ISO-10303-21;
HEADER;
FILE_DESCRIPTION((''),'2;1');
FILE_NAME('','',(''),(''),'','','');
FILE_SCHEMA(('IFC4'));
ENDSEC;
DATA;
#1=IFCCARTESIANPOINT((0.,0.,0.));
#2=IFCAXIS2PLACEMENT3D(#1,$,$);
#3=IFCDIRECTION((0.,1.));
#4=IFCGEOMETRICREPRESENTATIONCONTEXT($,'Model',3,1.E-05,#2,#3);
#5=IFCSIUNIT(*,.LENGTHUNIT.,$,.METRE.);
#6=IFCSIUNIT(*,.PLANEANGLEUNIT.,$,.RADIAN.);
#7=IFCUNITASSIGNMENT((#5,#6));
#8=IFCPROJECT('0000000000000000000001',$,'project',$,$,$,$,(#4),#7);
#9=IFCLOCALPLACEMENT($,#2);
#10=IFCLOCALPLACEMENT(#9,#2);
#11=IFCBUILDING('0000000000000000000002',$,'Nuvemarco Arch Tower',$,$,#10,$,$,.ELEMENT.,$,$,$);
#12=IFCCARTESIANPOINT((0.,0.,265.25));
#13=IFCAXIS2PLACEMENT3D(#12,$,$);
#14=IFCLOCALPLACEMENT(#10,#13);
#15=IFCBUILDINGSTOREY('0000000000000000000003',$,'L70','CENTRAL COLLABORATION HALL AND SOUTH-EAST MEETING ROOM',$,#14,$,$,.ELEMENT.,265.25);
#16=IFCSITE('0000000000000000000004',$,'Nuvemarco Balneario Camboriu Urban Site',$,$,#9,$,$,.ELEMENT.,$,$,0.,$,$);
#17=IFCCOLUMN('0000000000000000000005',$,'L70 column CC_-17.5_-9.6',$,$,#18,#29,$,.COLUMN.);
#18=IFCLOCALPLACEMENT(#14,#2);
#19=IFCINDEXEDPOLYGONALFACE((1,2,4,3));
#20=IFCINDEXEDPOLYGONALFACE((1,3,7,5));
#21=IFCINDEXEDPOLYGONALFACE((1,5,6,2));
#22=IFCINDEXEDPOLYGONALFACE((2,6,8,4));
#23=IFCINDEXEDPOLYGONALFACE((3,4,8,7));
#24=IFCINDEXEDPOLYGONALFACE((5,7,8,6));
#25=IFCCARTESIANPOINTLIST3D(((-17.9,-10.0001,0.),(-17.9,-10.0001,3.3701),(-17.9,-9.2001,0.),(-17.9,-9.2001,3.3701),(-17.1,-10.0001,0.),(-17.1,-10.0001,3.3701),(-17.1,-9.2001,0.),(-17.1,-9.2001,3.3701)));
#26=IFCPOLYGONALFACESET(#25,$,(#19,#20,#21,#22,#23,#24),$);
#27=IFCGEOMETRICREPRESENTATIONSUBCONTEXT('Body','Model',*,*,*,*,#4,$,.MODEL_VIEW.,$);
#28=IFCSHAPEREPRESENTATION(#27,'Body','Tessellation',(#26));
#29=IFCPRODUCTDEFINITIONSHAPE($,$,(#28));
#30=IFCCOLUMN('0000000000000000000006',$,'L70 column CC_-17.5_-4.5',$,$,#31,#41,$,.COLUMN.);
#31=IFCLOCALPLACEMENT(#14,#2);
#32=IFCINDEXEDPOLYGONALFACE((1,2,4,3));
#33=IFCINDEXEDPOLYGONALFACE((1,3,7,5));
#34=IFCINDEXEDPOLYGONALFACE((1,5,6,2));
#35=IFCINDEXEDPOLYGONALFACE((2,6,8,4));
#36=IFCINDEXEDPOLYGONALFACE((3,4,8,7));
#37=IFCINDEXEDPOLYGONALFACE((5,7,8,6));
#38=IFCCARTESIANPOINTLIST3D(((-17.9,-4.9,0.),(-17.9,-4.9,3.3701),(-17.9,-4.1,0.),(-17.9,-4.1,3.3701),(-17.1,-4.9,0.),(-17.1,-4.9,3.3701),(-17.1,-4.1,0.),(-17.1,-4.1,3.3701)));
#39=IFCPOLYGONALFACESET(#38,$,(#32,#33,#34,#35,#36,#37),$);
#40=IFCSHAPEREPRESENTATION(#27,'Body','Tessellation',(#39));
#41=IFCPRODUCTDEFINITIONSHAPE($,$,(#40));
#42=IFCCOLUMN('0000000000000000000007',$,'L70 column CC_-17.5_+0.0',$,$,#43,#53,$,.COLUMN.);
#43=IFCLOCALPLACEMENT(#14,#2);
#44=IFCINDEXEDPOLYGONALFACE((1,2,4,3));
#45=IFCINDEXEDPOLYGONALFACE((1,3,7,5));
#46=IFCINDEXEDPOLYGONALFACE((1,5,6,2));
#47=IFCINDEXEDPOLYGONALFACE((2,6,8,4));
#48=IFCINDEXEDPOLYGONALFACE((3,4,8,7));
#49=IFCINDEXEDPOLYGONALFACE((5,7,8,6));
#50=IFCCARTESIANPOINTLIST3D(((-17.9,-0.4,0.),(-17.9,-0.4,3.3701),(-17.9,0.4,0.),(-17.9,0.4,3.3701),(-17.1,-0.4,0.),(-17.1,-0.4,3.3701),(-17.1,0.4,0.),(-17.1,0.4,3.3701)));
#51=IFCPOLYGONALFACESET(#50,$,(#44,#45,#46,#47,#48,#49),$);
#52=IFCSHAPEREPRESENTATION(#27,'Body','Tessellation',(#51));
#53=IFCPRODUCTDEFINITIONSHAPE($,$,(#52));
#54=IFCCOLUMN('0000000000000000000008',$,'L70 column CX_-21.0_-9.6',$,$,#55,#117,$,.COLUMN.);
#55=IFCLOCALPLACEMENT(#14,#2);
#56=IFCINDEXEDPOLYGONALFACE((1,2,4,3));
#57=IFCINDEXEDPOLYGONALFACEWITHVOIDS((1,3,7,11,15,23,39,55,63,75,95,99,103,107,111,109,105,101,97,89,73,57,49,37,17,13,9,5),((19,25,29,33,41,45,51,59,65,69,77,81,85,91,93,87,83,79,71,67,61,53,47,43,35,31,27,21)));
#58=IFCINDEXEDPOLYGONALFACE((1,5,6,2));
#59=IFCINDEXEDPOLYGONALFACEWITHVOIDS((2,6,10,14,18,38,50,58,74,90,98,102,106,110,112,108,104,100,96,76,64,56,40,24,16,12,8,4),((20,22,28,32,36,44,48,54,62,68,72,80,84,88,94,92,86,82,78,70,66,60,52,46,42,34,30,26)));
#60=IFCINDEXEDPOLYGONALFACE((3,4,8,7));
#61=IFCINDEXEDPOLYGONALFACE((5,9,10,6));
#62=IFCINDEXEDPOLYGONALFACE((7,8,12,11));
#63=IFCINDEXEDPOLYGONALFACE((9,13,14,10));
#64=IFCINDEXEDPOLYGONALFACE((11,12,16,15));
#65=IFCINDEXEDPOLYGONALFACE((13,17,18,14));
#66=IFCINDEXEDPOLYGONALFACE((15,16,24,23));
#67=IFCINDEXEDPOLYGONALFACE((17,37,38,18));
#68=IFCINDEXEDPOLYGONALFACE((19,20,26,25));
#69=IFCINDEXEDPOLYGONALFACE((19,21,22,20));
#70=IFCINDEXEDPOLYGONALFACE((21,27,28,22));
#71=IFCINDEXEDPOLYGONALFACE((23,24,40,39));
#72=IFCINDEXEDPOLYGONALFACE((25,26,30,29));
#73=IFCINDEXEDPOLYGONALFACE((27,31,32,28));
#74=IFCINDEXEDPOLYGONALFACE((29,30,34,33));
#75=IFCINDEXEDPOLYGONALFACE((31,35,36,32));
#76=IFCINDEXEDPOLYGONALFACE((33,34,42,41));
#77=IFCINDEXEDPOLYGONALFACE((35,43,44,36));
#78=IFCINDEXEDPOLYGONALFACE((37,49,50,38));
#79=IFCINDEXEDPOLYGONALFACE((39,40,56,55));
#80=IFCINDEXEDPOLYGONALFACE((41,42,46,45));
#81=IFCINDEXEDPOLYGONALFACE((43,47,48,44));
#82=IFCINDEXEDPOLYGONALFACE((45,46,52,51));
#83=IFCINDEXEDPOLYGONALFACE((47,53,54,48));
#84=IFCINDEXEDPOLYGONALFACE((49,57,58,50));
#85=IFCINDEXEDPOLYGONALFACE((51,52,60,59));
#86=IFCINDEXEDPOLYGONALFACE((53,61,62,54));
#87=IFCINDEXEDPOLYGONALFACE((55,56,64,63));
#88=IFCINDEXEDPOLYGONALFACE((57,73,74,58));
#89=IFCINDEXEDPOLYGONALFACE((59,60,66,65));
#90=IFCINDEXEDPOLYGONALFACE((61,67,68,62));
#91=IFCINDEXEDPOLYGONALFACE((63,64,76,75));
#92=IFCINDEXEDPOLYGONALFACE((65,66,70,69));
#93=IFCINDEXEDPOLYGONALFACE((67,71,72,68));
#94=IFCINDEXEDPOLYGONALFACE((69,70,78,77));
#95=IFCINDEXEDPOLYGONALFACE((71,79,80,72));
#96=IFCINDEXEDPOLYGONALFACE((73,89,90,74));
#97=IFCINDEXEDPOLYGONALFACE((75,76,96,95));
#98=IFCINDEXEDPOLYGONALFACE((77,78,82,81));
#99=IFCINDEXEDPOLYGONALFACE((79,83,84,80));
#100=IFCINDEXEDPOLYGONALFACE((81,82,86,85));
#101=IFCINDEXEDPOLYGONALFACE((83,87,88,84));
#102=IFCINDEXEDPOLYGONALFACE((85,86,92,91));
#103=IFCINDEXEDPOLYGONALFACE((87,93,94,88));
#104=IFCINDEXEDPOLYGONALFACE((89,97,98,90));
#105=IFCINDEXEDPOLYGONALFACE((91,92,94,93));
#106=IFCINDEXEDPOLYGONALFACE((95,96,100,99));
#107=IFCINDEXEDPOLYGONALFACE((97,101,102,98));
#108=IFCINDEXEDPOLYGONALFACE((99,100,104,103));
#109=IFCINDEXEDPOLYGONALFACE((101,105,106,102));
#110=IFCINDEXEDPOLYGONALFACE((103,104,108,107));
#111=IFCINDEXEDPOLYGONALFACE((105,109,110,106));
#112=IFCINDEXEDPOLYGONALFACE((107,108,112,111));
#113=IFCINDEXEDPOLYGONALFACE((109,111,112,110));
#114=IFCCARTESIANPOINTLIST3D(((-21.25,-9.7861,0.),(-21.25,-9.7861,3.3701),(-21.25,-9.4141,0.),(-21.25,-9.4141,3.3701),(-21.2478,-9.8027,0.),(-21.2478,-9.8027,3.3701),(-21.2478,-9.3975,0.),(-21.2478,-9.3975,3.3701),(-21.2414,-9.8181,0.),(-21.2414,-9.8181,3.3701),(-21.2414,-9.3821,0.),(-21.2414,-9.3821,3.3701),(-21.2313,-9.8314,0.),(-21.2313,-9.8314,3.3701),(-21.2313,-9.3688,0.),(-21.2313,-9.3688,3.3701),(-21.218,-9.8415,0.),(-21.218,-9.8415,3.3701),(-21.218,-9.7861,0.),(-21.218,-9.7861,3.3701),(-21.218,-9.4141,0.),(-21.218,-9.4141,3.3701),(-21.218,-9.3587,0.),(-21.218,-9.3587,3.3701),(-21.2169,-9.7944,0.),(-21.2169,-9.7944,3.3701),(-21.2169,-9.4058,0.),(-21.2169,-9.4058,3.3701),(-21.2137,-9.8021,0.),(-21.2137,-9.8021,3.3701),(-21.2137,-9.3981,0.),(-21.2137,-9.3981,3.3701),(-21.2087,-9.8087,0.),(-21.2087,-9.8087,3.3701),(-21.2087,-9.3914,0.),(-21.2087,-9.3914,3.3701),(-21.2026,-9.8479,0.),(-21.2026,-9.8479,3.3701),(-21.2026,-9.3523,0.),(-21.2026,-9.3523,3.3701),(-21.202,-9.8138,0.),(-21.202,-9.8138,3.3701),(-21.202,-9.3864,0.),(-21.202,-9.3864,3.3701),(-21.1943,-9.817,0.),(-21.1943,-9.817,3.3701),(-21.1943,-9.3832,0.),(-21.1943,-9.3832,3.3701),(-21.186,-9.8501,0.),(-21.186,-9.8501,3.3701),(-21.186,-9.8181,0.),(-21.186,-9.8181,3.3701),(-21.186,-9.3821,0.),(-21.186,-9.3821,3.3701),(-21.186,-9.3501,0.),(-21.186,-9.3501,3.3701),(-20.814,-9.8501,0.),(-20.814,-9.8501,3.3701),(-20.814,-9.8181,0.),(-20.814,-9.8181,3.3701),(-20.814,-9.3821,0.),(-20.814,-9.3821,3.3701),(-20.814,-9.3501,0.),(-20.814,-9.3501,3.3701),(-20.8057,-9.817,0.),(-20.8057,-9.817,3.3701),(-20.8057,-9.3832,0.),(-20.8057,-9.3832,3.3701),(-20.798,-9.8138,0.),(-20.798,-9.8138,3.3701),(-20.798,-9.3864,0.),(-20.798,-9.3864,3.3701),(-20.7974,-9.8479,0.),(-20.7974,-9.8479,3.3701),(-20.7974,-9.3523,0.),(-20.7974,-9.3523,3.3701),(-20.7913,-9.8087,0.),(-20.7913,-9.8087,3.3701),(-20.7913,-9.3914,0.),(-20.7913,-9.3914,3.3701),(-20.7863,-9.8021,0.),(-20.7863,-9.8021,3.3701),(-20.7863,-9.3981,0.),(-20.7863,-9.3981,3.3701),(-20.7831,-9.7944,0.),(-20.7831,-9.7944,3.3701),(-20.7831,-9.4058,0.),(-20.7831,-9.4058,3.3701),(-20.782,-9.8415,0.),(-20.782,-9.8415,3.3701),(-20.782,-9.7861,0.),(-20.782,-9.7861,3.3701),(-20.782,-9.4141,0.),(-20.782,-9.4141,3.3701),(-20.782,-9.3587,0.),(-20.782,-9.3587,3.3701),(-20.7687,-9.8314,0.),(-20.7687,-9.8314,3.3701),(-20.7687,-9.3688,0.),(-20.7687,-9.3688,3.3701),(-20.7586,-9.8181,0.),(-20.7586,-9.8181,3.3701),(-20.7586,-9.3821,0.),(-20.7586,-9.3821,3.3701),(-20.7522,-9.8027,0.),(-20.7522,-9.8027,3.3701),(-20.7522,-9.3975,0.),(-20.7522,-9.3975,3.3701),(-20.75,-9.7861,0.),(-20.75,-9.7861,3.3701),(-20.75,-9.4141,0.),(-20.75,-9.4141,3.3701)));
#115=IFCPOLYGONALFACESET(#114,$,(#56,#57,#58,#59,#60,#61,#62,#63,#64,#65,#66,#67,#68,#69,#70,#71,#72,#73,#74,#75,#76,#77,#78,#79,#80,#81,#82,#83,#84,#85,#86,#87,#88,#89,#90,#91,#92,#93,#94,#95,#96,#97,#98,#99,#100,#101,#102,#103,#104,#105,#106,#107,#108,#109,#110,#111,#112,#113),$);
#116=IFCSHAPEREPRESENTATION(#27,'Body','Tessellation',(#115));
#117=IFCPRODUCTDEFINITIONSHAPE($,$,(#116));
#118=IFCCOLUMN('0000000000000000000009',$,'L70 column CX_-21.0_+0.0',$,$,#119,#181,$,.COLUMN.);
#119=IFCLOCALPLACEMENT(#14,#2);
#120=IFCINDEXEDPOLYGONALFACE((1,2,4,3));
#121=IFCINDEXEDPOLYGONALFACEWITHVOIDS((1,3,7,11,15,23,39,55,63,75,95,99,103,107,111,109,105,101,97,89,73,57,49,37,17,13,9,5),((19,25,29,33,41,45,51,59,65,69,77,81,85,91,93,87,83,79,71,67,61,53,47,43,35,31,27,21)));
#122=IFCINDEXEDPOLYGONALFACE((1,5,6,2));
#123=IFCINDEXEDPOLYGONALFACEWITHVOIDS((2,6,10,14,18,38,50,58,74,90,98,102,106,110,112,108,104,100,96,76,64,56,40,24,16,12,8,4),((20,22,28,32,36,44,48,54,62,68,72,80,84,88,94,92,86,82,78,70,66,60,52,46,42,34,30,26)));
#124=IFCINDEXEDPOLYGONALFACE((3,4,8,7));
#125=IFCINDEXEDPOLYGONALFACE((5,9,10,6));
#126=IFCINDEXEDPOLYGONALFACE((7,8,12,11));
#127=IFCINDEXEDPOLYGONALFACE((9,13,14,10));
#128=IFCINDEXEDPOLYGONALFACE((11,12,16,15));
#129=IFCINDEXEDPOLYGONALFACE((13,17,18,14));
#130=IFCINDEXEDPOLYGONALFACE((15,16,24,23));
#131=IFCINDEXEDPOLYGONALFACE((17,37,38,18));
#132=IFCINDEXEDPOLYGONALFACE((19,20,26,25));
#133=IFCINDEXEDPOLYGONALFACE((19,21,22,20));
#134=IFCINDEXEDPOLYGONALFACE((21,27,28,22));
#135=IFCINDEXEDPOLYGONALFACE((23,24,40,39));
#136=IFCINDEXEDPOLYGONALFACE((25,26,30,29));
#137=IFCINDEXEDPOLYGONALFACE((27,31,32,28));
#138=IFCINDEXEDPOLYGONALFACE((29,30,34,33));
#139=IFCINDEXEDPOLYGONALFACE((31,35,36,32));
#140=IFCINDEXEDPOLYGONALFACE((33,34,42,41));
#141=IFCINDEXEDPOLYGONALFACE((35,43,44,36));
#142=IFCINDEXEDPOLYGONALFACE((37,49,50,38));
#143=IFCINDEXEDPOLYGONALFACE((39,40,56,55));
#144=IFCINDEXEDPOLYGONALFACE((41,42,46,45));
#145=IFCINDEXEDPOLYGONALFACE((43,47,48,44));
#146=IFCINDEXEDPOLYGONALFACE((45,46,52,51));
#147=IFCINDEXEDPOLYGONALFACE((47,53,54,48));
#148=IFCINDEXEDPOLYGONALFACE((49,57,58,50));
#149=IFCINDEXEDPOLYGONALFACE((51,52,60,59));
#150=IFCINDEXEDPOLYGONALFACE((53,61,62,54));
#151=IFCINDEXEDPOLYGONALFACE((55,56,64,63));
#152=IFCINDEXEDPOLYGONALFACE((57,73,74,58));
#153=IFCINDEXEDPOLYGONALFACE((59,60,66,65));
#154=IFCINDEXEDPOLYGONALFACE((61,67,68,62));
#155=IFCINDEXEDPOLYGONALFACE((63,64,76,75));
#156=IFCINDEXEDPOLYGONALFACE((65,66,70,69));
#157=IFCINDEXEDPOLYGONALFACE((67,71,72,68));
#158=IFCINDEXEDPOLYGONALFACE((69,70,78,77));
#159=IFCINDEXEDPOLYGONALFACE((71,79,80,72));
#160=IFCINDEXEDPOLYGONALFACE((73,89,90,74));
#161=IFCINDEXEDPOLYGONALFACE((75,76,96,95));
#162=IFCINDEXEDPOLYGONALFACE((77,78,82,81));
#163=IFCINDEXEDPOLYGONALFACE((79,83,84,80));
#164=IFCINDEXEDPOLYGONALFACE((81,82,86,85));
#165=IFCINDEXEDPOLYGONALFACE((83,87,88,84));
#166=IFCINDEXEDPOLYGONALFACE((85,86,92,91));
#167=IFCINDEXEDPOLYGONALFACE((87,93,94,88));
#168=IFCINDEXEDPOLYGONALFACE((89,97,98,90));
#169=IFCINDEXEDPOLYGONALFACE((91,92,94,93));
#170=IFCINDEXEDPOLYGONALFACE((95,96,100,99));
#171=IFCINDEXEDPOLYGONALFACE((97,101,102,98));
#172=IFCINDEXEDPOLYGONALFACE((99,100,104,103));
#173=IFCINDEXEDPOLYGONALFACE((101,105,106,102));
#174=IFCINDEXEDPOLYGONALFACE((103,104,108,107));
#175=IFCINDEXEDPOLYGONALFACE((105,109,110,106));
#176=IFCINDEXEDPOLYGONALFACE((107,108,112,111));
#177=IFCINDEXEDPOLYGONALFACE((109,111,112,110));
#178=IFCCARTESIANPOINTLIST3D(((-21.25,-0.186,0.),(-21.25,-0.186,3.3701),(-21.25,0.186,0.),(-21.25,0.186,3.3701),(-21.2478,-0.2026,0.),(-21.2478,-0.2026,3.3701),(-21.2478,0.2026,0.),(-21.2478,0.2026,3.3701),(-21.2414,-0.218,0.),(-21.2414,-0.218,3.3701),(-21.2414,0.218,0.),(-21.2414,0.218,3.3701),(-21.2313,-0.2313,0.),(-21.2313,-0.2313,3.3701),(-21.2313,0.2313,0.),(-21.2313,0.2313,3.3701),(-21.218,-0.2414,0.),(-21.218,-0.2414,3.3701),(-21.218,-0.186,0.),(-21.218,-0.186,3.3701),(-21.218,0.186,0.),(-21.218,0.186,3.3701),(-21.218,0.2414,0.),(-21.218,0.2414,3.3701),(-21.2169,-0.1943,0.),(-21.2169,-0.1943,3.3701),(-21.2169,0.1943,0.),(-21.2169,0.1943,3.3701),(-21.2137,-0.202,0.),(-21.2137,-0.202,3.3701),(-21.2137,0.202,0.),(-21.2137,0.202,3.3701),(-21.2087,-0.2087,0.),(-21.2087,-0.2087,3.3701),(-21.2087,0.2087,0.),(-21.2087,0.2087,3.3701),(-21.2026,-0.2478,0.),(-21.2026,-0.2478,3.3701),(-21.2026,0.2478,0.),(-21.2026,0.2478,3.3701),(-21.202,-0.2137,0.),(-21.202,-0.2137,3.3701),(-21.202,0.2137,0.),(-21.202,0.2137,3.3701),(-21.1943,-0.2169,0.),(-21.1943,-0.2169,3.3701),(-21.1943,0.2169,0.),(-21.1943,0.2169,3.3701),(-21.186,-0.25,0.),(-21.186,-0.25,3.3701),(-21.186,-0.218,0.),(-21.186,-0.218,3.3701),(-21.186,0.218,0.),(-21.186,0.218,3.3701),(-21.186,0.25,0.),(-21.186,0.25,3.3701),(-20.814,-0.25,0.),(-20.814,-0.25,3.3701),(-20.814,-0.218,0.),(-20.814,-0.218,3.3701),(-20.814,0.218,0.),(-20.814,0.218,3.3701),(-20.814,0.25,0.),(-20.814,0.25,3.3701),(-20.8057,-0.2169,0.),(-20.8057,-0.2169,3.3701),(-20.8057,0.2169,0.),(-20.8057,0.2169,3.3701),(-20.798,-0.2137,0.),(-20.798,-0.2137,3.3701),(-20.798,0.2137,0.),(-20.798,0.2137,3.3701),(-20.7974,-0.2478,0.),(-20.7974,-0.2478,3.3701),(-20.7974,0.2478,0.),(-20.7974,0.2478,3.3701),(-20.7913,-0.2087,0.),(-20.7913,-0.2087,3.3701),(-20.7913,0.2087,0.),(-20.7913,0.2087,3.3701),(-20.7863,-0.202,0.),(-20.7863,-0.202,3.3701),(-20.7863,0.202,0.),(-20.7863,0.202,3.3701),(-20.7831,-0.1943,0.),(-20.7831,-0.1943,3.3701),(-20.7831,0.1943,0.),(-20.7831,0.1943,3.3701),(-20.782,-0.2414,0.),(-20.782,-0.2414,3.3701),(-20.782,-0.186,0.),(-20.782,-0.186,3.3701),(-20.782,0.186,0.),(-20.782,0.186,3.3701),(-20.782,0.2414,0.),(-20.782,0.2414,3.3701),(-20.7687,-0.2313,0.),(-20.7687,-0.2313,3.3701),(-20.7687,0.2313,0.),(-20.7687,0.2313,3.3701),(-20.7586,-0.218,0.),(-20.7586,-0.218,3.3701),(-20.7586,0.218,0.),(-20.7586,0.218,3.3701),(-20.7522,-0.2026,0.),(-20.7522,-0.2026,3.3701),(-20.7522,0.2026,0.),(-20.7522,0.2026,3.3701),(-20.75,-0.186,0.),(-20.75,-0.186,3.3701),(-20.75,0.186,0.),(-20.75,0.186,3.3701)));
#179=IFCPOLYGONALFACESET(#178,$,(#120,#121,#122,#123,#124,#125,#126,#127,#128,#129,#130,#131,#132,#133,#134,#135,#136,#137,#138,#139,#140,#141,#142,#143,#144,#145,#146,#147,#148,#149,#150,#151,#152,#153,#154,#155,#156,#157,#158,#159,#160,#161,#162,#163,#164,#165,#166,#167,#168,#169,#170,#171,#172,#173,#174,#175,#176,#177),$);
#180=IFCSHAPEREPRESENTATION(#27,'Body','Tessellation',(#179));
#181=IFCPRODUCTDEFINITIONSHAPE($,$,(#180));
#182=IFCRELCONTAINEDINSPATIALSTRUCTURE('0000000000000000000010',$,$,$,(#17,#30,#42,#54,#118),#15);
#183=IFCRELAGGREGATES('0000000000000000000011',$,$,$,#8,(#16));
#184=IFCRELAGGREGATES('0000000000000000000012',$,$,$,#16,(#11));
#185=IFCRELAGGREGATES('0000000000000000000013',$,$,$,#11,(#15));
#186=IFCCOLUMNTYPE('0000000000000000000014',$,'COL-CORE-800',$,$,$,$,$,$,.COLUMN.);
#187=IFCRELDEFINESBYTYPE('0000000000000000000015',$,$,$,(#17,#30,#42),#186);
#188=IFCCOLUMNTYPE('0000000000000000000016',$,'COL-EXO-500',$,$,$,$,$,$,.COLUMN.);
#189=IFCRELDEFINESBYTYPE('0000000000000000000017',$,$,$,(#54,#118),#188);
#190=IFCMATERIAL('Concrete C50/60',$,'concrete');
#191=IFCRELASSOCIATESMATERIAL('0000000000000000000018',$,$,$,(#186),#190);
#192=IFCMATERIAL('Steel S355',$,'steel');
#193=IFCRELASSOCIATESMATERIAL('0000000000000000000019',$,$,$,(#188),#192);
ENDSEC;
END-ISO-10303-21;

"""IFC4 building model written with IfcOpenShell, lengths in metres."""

from ifc_helpers import new_model, si_unit, direction, frame, origin, origin_2d, place, context, subcontext, project, spatial, rectangle, hollow_rectangle, extrude, material, material_profile, profile_set, type_object, element, save


model = new_model("IFC4")

# Units and contexts
model_context = context("Model", 3, precision=1e-05, world=origin(), true_north=direction((0.0, 1.0)))
body_context = subcontext(model_context, "Body", "Model", "MODEL_VIEW")
ifc_project = project(units=[si_unit("LENGTHUNIT", "METRE"), si_unit("PLANEANGLEUNIT", "RADIAN")], contexts=[model_context])

# Site, building, storey
site_placement = place(None, origin())
site = spatial("IfcSite", under=ifc_project, at=site_placement, Name="Nuvemarco Balneario Camboriu Urban Site", CompositionType="ELEMENT", RefElevation=0.0)
building_placement = place(site_placement, origin())
building = spatial("IfcBuilding", under=site, at=building_placement, Name="Nuvemarco Arch Tower", CompositionType="ELEMENT")
storey_placement = place(building_placement, frame((0.0, 0.0, 265.25)))
storey = spatial("IfcBuildingStorey", under=building, at=storey_placement, Name="L70", Description="CENTRAL COLLABORATION HALL AND SOUTH-EAST MEETING ROOM", CompositionType="ELEMENT", Elevation=265.25)

# Columns
ifc_material_1 = material(Name="Concrete C50/60", Category="concrete")
ifc_material_profile_1 = material_profile(ifc_material_1, rectangle(XDim=0.8, YDim=0.8, at=origin_2d()), Name="RC-COL-800x800")
ifc_profile_set_1 = profile_set([ifc_material_profile_1], Name="Concrete C50/60")
column_type_1 = type_object("IfcColumnType", Name="COL-CORE-800", PredefinedType="COLUMN", material=ifc_profile_set_1)
for number, where, z_axis, x_axis, name in (
    (1, (-17.5, -9.6001, 0.0), (0.0, 0.0, 1.0), (1.0, 0.0, 0.0), "L70 column CC_-17.5_-9.6"),
    (2, (-17.5, -4.5, 0.0), (0.0, 0.0, 1.0), (1.0, 0.0, 0.0), "L70 column CC_-17.5_-4.5"),
    (3, (-17.5, 0.0, 0.0), (0.0, 0.0, 1.0), (1.0, 0.0, 0.0), "L70 column CC_-17.5_+0.0"),
):
    element("IfcColumn", number, at=place(storey_placement, frame(where, z_axis=z_axis, x_axis=x_axis)), inside=storey, type_object=column_type_1, Name=name, PredefinedType="COLUMN", context=body_context, shape_type="SweptSolid", body=[
        extrude(rectangle(XDim=0.8, YDim=0.8, at=origin_2d()), origin(), (0.0, 0.0, 1.0), 3.3701),
    ])
ifc_material_2 = material(Name="Steel S355", Category="steel")
ifc_material_profile_2 = material_profile(ifc_material_2, hollow_rectangle(XDim=0.5, YDim=0.5, WallThickness=0.032, InnerFilletRadius=0.032, OuterFilletRadius=0.064, at=origin_2d()), Name="SHS500x500x32")
ifc_profile_set_2 = profile_set([ifc_material_profile_2], Name="Steel S355")
column_type_2 = type_object("IfcColumnType", Name="COL-EXO-500", PredefinedType="COLUMN", material=ifc_profile_set_2)
for number, where, z_axis, x_axis, name in (
    (4, (-21.0, -9.6001, 0.0), (0.0, 0.0, 1.0), (1.0, 0.0, 0.0), "L70 column CX_-21.0_-9.6"),
    (5, (-21.0, 0.0, 0.0), (0.0, 0.0, 1.0), (1.0, 0.0, 0.0), "L70 column CX_-21.0_+0.0"),
):
    element("IfcColumn", number, at=place(storey_placement, frame(where, z_axis=z_axis, x_axis=x_axis)), inside=storey, type_object=column_type_2, Name=name, PredefinedType="COLUMN", context=body_context, shape_type="SweptSolid", body=[
        extrude(hollow_rectangle(XDim=0.5, YDim=0.5, WallThickness=0.032, InnerFilletRadius=0.032, OuterFilletRadius=0.064, at=origin_2d()), origin(), (0.0, 0.0, 1.0), 3.3701),
    ])

save(model, "model.ifc")
